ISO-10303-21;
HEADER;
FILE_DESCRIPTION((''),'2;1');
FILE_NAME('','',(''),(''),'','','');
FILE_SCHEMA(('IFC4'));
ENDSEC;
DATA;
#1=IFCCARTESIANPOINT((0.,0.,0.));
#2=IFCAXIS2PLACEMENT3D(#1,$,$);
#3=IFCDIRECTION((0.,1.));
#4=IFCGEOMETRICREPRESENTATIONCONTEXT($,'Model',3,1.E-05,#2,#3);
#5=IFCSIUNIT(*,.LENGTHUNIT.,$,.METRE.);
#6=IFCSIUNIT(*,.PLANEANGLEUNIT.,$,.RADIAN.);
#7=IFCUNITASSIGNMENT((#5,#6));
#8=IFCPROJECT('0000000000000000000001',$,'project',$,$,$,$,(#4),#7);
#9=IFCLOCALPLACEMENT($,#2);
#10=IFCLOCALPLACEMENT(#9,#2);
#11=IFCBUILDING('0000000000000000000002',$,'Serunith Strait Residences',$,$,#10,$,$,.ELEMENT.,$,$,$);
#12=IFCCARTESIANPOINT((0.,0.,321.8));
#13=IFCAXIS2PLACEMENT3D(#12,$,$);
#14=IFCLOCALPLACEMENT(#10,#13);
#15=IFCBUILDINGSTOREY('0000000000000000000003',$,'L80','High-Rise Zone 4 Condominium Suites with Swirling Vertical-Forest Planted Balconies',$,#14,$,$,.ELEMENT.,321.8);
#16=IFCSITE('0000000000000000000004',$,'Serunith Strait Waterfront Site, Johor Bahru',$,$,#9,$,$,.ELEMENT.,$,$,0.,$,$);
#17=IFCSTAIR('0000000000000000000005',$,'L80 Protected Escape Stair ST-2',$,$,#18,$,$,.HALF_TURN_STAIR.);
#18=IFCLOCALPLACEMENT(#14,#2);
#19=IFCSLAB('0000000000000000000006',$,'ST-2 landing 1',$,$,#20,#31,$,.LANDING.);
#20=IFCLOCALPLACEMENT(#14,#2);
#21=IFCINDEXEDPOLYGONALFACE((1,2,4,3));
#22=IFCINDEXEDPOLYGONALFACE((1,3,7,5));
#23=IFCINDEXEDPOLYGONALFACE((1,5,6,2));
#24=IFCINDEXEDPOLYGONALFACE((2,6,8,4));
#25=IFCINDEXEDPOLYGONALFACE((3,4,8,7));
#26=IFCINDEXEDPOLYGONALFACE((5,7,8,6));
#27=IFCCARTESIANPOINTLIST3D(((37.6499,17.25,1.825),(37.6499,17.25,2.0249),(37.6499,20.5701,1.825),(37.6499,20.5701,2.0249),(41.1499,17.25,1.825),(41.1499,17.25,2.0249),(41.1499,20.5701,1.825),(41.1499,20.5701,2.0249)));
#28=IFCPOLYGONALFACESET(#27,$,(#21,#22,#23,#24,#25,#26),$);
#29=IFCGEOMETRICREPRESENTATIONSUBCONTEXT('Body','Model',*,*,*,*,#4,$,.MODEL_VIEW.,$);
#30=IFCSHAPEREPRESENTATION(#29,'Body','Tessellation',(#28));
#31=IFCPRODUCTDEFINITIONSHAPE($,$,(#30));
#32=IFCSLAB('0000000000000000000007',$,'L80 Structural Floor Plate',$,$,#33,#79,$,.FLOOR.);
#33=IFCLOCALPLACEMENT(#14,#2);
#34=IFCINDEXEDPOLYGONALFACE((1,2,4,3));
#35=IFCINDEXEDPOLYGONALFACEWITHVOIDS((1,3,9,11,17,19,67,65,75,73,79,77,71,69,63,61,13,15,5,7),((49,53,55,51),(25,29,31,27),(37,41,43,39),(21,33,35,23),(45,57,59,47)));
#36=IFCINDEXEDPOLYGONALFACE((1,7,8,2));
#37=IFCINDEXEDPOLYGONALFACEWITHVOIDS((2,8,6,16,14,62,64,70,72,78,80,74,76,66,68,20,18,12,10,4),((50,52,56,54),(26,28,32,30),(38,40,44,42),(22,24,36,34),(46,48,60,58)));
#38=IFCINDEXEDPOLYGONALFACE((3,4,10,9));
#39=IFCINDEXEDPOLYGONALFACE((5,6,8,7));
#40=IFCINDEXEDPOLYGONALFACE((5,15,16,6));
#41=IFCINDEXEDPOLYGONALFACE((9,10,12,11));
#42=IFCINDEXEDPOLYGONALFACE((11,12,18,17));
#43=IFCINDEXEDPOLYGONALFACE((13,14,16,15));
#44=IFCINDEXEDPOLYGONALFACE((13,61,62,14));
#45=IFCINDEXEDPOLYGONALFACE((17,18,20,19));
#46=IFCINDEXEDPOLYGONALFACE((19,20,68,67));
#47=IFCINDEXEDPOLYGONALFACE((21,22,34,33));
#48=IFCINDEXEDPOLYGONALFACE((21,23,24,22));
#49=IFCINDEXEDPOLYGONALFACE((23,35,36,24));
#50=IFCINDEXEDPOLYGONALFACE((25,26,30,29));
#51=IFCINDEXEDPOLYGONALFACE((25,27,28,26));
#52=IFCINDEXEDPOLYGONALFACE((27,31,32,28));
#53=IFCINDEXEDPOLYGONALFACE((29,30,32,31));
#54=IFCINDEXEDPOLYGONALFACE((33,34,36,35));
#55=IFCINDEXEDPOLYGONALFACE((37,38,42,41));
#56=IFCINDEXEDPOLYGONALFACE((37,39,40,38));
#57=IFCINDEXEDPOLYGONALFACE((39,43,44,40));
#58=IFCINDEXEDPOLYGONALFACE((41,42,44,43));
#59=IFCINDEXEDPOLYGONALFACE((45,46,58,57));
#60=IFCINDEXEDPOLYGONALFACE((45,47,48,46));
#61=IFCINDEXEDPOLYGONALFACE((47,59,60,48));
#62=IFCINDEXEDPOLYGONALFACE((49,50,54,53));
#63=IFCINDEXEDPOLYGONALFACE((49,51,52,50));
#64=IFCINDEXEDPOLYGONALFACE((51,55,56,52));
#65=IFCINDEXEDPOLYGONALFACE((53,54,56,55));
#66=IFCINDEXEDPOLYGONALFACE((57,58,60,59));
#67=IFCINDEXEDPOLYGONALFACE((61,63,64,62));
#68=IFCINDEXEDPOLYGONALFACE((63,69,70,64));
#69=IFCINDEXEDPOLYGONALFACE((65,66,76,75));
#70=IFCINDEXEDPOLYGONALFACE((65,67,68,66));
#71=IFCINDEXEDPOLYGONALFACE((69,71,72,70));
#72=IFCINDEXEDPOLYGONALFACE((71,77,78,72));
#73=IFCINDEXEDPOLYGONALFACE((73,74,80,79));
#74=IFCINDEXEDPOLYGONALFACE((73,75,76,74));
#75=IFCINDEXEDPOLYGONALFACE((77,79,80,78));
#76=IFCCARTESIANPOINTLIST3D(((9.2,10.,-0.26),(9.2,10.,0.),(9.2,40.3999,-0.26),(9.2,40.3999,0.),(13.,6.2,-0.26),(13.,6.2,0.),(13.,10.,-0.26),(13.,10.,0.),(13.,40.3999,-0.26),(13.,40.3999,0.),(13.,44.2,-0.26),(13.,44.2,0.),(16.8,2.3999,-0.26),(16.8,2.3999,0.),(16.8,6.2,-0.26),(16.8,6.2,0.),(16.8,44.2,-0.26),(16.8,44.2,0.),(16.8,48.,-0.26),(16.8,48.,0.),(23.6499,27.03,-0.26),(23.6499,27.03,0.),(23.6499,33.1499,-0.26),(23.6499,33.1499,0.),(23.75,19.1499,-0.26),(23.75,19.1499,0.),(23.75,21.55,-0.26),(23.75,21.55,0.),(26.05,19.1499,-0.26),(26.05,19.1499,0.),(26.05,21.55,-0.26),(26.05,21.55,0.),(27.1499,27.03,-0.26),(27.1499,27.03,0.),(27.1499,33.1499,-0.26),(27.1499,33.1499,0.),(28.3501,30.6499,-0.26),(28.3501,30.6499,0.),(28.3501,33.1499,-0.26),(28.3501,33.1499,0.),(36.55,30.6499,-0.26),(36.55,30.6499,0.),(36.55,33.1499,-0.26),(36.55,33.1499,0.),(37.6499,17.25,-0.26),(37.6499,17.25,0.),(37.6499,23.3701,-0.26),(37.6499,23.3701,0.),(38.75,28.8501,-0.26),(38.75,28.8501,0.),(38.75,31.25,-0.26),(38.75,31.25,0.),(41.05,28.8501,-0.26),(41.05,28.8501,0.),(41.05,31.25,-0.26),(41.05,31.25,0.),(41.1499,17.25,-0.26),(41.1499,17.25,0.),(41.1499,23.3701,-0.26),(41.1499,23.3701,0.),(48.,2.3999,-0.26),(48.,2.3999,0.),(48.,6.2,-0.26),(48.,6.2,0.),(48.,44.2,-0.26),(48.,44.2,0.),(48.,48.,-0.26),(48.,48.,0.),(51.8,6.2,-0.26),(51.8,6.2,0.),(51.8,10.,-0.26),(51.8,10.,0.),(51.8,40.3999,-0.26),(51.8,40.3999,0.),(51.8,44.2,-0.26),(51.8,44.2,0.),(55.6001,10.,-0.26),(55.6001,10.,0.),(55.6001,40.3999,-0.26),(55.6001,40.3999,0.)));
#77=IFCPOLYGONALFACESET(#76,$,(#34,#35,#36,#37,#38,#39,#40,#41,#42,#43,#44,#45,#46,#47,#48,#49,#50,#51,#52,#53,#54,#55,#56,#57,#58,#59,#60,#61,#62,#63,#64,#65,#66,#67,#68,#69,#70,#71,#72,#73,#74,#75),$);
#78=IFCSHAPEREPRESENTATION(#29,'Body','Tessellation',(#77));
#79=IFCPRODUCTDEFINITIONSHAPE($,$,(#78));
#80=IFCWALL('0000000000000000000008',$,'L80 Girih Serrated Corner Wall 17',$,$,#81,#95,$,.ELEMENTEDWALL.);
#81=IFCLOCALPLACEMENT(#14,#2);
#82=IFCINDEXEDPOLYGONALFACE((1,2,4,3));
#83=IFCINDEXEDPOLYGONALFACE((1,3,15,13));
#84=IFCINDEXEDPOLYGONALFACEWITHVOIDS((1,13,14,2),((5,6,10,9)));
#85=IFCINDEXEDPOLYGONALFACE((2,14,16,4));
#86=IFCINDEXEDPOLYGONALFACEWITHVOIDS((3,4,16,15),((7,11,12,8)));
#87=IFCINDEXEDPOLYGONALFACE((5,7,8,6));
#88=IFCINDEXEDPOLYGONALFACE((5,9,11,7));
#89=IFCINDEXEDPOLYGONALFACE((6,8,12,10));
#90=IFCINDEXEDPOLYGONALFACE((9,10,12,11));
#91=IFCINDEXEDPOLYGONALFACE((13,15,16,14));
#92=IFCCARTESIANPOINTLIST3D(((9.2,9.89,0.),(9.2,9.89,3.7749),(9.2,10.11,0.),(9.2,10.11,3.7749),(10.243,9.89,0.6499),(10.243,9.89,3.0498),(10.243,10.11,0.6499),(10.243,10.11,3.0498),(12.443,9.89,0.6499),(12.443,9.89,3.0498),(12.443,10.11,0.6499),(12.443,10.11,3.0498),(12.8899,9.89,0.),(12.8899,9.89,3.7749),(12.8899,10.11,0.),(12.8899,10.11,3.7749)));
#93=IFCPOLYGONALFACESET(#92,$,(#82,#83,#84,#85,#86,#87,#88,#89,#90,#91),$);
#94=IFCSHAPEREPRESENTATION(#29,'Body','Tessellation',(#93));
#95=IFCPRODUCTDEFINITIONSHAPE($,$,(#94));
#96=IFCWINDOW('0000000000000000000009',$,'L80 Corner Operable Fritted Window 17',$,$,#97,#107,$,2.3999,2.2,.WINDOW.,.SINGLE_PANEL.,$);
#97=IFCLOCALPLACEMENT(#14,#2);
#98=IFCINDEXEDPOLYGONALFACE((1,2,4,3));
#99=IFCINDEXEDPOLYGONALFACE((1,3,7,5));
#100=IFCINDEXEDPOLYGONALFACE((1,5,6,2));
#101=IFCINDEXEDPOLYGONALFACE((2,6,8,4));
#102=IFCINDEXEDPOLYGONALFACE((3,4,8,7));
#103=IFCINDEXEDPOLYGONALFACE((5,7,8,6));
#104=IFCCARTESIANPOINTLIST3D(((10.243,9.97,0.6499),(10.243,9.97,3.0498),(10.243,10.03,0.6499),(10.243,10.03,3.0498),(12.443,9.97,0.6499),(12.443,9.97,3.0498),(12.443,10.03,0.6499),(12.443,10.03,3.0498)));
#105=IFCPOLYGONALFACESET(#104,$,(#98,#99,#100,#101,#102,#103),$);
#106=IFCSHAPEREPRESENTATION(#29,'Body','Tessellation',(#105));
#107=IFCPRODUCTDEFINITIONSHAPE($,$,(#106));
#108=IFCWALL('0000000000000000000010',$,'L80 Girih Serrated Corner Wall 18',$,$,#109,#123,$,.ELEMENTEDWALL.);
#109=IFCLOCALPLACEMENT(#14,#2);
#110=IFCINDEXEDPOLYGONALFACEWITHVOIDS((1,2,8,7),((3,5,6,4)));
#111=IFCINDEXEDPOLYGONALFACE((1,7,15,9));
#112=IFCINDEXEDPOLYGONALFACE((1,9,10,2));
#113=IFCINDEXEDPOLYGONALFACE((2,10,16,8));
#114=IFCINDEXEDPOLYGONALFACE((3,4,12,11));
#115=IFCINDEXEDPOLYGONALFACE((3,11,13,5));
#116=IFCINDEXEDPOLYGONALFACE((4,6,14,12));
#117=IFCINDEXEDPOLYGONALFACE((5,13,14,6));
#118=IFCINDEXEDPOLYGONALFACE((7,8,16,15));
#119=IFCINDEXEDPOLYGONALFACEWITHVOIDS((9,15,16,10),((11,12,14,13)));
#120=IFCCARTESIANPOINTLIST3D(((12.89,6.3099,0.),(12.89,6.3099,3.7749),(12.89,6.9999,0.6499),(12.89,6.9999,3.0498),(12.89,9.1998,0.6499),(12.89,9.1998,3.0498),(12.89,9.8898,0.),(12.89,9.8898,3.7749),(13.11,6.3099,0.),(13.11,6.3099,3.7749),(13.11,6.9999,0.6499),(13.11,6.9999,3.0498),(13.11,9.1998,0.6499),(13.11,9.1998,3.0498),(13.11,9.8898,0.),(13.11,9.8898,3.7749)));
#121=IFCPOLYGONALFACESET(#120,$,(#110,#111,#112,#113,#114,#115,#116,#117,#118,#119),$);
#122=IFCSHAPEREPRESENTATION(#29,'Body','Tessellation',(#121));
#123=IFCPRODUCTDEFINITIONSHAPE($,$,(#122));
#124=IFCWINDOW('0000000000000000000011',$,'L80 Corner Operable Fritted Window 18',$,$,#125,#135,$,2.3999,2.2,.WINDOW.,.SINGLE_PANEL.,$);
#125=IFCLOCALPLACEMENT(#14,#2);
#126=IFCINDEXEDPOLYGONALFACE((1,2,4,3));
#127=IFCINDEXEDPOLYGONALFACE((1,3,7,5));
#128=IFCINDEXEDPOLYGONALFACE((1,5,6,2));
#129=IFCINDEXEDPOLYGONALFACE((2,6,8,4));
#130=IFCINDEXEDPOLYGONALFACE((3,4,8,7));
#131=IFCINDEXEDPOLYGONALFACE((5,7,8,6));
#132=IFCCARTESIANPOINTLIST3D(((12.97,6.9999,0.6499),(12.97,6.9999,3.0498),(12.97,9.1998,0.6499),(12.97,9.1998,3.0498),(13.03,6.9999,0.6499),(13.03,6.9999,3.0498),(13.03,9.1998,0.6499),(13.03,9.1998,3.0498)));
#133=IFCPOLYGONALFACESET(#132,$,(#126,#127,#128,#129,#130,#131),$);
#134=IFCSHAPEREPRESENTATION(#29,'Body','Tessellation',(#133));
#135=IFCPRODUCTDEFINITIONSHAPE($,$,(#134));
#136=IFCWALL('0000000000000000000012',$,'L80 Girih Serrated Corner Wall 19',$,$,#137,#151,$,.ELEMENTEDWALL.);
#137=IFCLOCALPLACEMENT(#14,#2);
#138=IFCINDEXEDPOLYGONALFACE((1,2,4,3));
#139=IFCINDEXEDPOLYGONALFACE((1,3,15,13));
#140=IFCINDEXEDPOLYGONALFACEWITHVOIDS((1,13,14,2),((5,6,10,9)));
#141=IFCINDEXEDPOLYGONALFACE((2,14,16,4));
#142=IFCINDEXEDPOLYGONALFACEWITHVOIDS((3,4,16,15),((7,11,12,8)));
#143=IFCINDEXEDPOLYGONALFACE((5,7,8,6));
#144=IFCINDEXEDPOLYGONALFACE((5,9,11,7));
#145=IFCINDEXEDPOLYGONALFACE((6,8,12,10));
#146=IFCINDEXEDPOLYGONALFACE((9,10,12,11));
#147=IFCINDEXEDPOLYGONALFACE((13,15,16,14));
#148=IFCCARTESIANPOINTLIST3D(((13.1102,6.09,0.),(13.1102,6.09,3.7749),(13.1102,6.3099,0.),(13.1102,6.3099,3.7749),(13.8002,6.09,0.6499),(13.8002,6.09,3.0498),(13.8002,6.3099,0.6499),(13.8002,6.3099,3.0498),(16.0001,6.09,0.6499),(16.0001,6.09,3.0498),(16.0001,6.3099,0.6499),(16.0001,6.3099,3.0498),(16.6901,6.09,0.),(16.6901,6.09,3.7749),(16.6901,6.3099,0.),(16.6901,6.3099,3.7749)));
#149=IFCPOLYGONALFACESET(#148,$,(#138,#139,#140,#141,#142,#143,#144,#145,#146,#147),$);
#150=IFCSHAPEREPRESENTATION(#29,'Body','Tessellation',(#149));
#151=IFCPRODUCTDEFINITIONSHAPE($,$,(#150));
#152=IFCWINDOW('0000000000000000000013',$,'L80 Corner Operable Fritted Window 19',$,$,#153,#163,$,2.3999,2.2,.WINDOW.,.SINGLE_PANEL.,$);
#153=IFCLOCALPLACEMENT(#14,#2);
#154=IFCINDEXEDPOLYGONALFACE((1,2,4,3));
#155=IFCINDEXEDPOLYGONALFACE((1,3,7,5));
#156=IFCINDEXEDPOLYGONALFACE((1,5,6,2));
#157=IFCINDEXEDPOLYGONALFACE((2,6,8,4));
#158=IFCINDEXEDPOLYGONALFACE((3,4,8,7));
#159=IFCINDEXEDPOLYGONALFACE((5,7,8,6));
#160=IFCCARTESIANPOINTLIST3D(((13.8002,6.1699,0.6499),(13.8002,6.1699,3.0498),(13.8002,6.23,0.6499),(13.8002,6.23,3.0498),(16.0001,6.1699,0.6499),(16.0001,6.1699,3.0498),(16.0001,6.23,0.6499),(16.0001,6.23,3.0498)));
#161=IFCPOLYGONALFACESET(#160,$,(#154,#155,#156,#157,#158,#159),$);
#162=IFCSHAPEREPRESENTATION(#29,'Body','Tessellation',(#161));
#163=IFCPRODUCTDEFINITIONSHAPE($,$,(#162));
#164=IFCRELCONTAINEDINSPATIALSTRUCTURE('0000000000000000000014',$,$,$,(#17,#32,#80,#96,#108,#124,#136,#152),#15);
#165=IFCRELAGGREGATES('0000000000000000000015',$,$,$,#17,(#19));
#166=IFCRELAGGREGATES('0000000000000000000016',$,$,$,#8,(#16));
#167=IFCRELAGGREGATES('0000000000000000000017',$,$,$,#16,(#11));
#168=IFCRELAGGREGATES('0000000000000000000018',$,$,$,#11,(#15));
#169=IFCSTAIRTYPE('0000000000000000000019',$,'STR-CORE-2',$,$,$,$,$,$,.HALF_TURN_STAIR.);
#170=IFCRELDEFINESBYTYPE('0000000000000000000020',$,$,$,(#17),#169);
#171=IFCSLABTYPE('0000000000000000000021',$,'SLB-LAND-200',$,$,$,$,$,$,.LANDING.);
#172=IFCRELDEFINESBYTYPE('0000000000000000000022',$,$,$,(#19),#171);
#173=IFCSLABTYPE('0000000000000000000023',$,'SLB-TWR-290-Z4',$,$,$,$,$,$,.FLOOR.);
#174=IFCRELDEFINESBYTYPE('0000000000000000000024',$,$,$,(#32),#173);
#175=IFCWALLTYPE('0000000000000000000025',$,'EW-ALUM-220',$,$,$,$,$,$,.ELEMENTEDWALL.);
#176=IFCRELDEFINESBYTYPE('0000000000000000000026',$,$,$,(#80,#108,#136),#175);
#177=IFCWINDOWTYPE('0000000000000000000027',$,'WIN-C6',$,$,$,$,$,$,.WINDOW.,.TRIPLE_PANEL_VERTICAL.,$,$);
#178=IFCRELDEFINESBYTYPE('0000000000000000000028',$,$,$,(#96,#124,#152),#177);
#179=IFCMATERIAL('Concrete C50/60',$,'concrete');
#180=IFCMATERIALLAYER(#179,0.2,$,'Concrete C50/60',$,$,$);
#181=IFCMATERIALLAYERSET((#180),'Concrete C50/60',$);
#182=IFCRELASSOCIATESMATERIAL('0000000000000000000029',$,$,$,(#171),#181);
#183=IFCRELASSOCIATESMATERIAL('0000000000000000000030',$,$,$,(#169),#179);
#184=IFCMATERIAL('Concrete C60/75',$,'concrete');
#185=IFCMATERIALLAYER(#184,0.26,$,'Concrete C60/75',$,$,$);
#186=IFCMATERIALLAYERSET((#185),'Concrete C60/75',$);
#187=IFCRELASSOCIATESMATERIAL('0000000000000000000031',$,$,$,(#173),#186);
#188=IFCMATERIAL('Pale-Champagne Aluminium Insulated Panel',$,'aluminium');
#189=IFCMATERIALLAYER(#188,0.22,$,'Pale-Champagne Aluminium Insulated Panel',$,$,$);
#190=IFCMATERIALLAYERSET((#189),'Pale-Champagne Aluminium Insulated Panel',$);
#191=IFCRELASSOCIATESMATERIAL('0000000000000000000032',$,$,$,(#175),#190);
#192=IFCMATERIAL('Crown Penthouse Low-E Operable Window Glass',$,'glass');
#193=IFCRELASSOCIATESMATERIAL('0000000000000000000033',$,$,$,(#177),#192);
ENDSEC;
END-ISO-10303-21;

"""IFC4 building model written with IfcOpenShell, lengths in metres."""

from ifc_helpers import new_model, si_unit, direction, frame, frame_2d, origin, place, context, subcontext, project, spatial, polyline, rectangle, outline, extrude, source, transform, mapped, material, layer, layer_set, type_object, element, fill, aggregate, save


model = new_model("IFC4")

# Units and contexts
model_context = context("Model", 3, precision=1e-05, world=origin(), true_north=direction((0.0, 1.0)))
body_context = subcontext(model_context, "Body", "Model", "MODEL_VIEW")
ifc_project = project(units=[si_unit("LENGTHUNIT", "METRE"), si_unit("PLANEANGLEUNIT", "RADIAN")], contexts=[model_context])

# Site, building, storey
site_placement = place(None, origin())
site = spatial("IfcSite", under=ifc_project, at=site_placement, Name="Serunith Strait Waterfront Site, Johor Bahru", CompositionType="ELEMENT", RefElevation=0.0)
building_placement = place(site_placement, origin())
building = spatial("IfcBuilding", under=site, at=building_placement, Name="Serunith Strait Residences", CompositionType="ELEMENT")
storey_placement = place(building_placement, frame((0.0, 0.0, 321.8)))
storey = spatial("IfcBuildingStorey", under=building, at=storey_placement, Name="L80", Description="High-Rise Zone 4 Condominium Suites with Swirling Vertical-Forest Planted Balconies", CompositionType="ELEMENT", Elevation=321.8)

# Shared definitions
ifc_material_1 = material(Name="Concrete C50/60", Category="concrete")

# Stair, slab
ifc_layer_1 = layer(ifc_material_1, 0.2, Name="Concrete C50/60")
ifc_layer_set_1 = layer_set([ifc_layer_1], Name="Concrete C50/60")
slab_type_1 = type_object("IfcSlabType", Name="SLB-LAND-200", PredefinedType="LANDING", material=ifc_layer_set_1)
stair_type_1 = type_object("IfcStairType", Name="STR-CORE-2", PredefinedType="HALF_TURN_STAIR", material=ifc_material_1)
stair_1_placement = place(storey_placement, origin())
stair_1 = element("IfcStair", 1, at=stair_1_placement, inside=storey, type_object=stair_type_1, Name="L80 Protected Escape Stair ST-2", PredefinedType="HALF_TURN_STAIR")
slab_1_placement = place(storey_placement, frame((0.0, 0.0, 1.825)))
slab_1 = element("IfcSlab", 2, at=slab_1_placement, type_object=slab_type_1, Name="ST-2 landing 1", PredefinedType="LANDING", context=body_context, shape_type="SweptSolid", body=[
    extrude(outline(polyline([(37.6499, 20.5701), (37.6499, 17.25), (41.1499, 17.25), (41.1499, 20.5701), (37.6499, 20.5701)])), origin(), (0.0, 0.0, 1.0), 0.2),
])
aggregate(stair_1, [slab_1])

# Slab
ifc_material_2 = material(Name="Concrete C60/75", Category="concrete")
ifc_layer_2 = layer(ifc_material_2, 0.26, Name="Concrete C60/75")
ifc_layer_set_2 = layer_set([ifc_layer_2], Name="Concrete C60/75")
slab_type_2 = type_object("IfcSlabType", Name="SLB-TWR-290-Z4", PredefinedType="FLOOR", material=ifc_layer_set_2)
slab_2_placement = place(storey_placement, frame((0.0, 0.0, -0.26)))
element("IfcSlab", 3, at=slab_2_placement, inside=storey, type_object=slab_type_2, Name="L80 Structural Floor Plate", PredefinedType="FLOOR", context=body_context, shape_type="SweptSolid", body=[
    extrude(outline(polyline([(16.8, 6.2), (13.0, 6.2), (13.0, 10.0), (9.2, 10.0), (9.2, 40.3999), (13.0, 40.3999), (13.0, 44.2), (16.8, 44.2), (16.8, 48.0), (48.0, 48.0), (48.0, 44.2), (51.8, 44.2), (51.8, 40.3999), (55.6001, 40.3999), (55.6001, 10.0), (51.8, 10.0), (51.8, 6.2), (48.0, 6.2), (48.0, 2.3999), (16.8, 2.3999), (16.8, 6.2)]), holes=[polyline([(41.1499, 23.3701), (37.6499, 23.3701), (37.6499, 17.25), (41.1499, 17.25), (41.1499, 23.3701)]), polyline([(38.75, 31.25), (38.75, 28.8501), (41.05, 28.8501), (41.05, 31.25), (38.75, 31.25)]), polyline([(36.55, 33.1499), (28.3501, 33.1499), (28.3501, 30.6499), (36.55, 30.6499), (36.55, 33.1499)]), polyline([(23.6499, 33.1499), (23.6499, 27.03), (27.1499, 27.03), (27.1499, 33.1499), (23.6499, 33.1499)]), polyline([(23.75, 21.55), (23.75, 19.1499), (26.05, 19.1499), (26.05, 21.55), (23.75, 21.55)])]), origin(), (0.0, 0.0, 1.0), 0.26),
])

# Walls, openings, windows
ifc_material_3 = material(Name="Pale-Champagne Aluminium Insulated Panel", Category="aluminium")
ifc_layer_3 = layer(ifc_material_3, 0.22, Name="Pale-Champagne Aluminium Insulated Panel")
ifc_layer_set_3 = layer_set([ifc_layer_3], Name="Pale-Champagne Aluminium Insulated Panel")
wall_type = type_object("IfcWallType", Name="EW-ALUM-220", PredefinedType="ELEMENTEDWALL", material=ifc_layer_set_3)
wall_1_placement = place(storey_placement, frame((9.2, 10.0, 0.0), z_axis=(0.0, 0.0, 1.0), x_axis=(1.0, 0.0, 0.0)))
wall_1 = element("IfcWall", 4, at=wall_1_placement, inside=storey, type_object=wall_type, Name="L80 Girih Serrated Corner Wall 17", PredefinedType="ELEMENTEDWALL", context=body_context, shape_type="SweptSolid", body=[
    extrude(rectangle(XDim=3.6899, YDim=0.22, at=frame_2d((1.845, 0.0))), origin(), (0.0, 0.0, 1.0), 3.7749),
])
opening_1_placement = place(wall_1_placement, frame((1.043, 0.0, 0.6499)))
opening_1 = element("IfcOpeningElement", 5, at=opening_1_placement, cuts=wall_1, PredefinedType="OPENING", context=body_context, shape_type="SweptSolid", body=[
    extrude(rectangle(XDim=2.2, YDim=2.3999, at=frame_2d((1.1001, 1.2))), frame((0.0, 0.1201, 0.0), z_axis=(0.0, -1.0, 0.0), x_axis=(1.0, 0.0, 0.0)), (0.0, 0.0, 1.0), 0.24),
])
ifc_material_4 = material(Name="Crown Penthouse Low-E Operable Window Glass", Category="glass")
window_type = type_object("IfcWindowType", Name="WIN-C6", PartitioningType="TRIPLE_PANEL_VERTICAL", PredefinedType="WINDOW", material=ifc_material_4)
shared_shape_1 = source(origin(), body_context, "Body", "SweptSolid", [
    extrude(rectangle(XDim=2.2, YDim=2.3999, at=frame_2d((1.1001, 1.2))), frame((0.0, 0.03, 0.0), z_axis=(0.0, -1.0, 0.0), x_axis=(1.0, 0.0, 0.0)), (0.0, 0.0, 1.0), 0.0601),
])
window_1_placement = place(opening_1_placement, origin())
window_1 = element("IfcWindow", 6, at=window_1_placement, inside=storey, type_object=window_type, Name="L80 Corner Operable Fritted Window 17", OverallHeight=2.3999, OverallWidth=2.2, PartitioningType="SINGLE_PANEL", PredefinedType="WINDOW", context=body_context, shape_type="MappedRepresentation", body=[
    mapped(shared_shape_1, transform((0.0, 0.0, 0.0), scale=1.0)),
])
fill(opening_1, window_1)
wall_2_placement = place(storey_placement, frame((13.0, 9.8899, 0.0), z_axis=(0.0, 0.0, 1.0), x_axis=(0.0, -1.0, 0.0)))
wall_2 = element("IfcWall", 7, at=wall_2_placement, inside=storey, type_object=wall_type, Name="L80 Girih Serrated Corner Wall 18", PredefinedType="ELEMENTEDWALL", context=body_context, shape_type="SweptSolid", body=[
    extrude(rectangle(XDim=3.5798, YDim=0.22, at=frame_2d((1.79, 0.0))), origin(), (0.0, 0.0, 1.0), 3.7749),
])
opening_2_placement = place(wall_2_placement, frame((0.6899, 0.0, 0.6499)))
opening_2 = element("IfcOpeningElement", 8, at=opening_2_placement, cuts=wall_2, PredefinedType="OPENING", context=body_context, shape_type="SweptSolid", body=[
    extrude(rectangle(XDim=2.2, YDim=2.3999, at=frame_2d((1.1001, 1.2))), frame((0.0, 0.1201, 0.0), z_axis=(0.0, -1.0, 0.0), x_axis=(1.0, 0.0, 0.0)), (0.0, 0.0, 1.0), 0.24),
])
window_2_placement = place(opening_2_placement, origin())
window_2 = element("IfcWindow", 9, at=window_2_placement, inside=storey, type_object=window_type, Name="L80 Corner Operable Fritted Window 18", OverallHeight=2.3999, OverallWidth=2.2, PartitioningType="SINGLE_PANEL", PredefinedType="WINDOW", context=body_context, shape_type="MappedRepresentation", body=[
    mapped(shared_shape_1, transform((0.0, 0.0, 0.0), scale=1.0)),
])
fill(opening_2, window_2)
wall_3_placement = place(storey_placement, frame((13.1101, 6.2, 0.0), z_axis=(0.0, 0.0, 1.0), x_axis=(1.0, 0.0, 0.0)))
wall_3 = element("IfcWall", 10, at=wall_3_placement, inside=storey, type_object=wall_type, Name="L80 Girih Serrated Corner Wall 19", PredefinedType="ELEMENTEDWALL", context=body_context, shape_type="SweptSolid", body=[
    extrude(rectangle(XDim=3.5798, YDim=0.22, at=frame_2d((1.79, 0.0))), origin(), (0.0, 0.0, 1.0), 3.7749),
])
opening_3_placement = place(wall_3_placement, frame((0.6899, 0.0, 0.6499)))
opening_3 = element("IfcOpeningElement", 11, at=opening_3_placement, cuts=wall_3, PredefinedType="OPENING", context=body_context, shape_type="SweptSolid", body=[
    extrude(rectangle(XDim=2.2, YDim=2.3999, at=frame_2d((1.1001, 1.2))), frame((0.0, 0.1201, 0.0), z_axis=(0.0, -1.0, 0.0), x_axis=(1.0, 0.0, 0.0)), (0.0, 0.0, 1.0), 0.24),
])
window_3_placement = place(opening_3_placement, origin())
window_3 = element("IfcWindow", 12, at=window_3_placement, inside=storey, type_object=window_type, Name="L80 Corner Operable Fritted Window 19", OverallHeight=2.3999, OverallWidth=2.2, PartitioningType="SINGLE_PANEL", PredefinedType="WINDOW", context=body_context, shape_type="MappedRepresentation", body=[
    mapped(shared_shape_1, transform((0.0, 0.0, 0.0), scale=1.0)),
])
fill(opening_3, window_3)

save(model, "model.ifc")
